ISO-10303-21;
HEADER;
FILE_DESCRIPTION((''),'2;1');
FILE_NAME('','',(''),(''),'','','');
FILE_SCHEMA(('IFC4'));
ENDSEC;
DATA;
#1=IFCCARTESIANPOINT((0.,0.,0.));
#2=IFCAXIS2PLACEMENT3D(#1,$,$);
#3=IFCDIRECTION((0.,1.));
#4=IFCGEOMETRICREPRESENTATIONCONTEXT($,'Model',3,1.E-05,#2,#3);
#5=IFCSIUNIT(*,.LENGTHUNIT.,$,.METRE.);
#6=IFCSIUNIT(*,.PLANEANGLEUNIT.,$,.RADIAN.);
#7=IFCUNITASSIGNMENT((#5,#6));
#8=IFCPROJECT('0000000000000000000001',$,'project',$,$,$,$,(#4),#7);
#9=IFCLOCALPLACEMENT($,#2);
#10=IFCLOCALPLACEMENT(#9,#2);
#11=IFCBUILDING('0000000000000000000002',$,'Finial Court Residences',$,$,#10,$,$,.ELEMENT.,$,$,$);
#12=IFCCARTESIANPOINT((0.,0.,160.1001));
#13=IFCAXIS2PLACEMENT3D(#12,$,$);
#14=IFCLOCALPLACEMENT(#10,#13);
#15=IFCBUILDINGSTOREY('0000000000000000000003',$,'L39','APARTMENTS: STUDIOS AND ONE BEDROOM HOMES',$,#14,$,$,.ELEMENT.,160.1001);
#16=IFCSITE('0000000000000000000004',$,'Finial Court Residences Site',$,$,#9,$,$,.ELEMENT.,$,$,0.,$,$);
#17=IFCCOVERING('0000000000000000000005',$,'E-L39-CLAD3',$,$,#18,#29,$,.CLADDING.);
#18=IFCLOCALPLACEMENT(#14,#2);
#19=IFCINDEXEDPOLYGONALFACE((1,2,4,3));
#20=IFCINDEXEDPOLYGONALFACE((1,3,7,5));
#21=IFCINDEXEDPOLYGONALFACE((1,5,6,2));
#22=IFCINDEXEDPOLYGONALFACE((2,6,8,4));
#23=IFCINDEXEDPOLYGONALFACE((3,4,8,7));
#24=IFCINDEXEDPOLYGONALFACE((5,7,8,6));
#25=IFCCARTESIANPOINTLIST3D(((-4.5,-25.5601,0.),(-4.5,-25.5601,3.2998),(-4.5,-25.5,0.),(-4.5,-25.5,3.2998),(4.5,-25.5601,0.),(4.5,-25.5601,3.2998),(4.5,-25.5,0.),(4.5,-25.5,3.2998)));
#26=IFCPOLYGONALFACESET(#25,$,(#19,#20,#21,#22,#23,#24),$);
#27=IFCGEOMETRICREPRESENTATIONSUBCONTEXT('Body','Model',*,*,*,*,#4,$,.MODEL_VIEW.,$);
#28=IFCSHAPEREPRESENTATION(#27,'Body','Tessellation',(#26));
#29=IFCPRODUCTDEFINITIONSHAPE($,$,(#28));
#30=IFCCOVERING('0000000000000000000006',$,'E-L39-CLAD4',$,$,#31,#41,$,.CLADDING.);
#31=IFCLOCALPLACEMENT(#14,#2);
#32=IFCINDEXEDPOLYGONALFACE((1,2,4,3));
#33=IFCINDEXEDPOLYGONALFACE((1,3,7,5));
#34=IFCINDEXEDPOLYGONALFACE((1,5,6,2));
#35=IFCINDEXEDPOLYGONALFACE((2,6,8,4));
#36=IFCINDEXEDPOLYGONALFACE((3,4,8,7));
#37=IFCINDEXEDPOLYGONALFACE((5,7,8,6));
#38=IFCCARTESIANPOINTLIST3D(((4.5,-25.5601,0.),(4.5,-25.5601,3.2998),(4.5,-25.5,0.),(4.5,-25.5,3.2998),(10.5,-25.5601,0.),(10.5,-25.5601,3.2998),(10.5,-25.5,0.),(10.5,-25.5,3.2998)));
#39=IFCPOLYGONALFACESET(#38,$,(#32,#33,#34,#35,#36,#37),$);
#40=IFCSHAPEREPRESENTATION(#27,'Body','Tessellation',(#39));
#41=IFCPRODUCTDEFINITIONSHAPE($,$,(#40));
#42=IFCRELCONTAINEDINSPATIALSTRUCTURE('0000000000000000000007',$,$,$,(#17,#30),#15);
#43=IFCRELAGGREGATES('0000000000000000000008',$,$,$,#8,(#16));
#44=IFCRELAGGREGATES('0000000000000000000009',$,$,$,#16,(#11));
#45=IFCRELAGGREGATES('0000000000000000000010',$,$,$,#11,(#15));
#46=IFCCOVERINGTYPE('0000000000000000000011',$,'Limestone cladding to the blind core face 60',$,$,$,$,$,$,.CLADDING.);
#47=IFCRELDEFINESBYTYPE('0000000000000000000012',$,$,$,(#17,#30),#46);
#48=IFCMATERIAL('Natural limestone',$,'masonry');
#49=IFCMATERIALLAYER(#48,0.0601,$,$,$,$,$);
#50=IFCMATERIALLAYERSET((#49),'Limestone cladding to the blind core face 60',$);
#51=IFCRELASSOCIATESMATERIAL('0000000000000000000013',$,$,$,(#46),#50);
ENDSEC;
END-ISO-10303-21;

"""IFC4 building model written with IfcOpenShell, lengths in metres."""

from ifc_helpers import new_model, si_unit, direction, frame, origin, place, context, subcontext, project, spatial, polyline, outline, extrude, material, layer, layer_set, type_object, element, save


model = new_model("IFC4")

# Units and contexts
model_context = context("Model", 3, precision=1e-05, world=origin(), true_north=direction((0.0, 1.0)))
body_context = subcontext(model_context, "Body", "Model", "MODEL_VIEW")
ifc_project = project(units=[si_unit("LENGTHUNIT", "METRE"), si_unit("PLANEANGLEUNIT", "RADIAN")], contexts=[model_context])

# Site, building, storey
site_placement = place(None, origin())
site = spatial("IfcSite", under=ifc_project, at=site_placement, Name="Finial Court Residences Site", CompositionType="ELEMENT", RefElevation=0.0)
building_placement = place(site_placement, origin())
building = spatial("IfcBuilding", under=site, at=building_placement, Name="Finial Court Residences", CompositionType="ELEMENT")
storey_placement = place(building_placement, frame((0.0, 0.0, 160.1001)))
storey = spatial("IfcBuildingStorey", under=building, at=storey_placement, Name="L39", Description="APARTMENTS: STUDIOS AND ONE BEDROOM HOMES", CompositionType="ELEMENT", Elevation=160.1001)

# Coverings
ifc_material_1 = material(Name="Natural limestone", Category="masonry")
ifc_layer_1 = layer(ifc_material_1, 0.0601)
ifc_layer_set_1 = layer_set([ifc_layer_1], Name="Limestone cladding to the blind core face 60")
covering_type = type_object("IfcCoveringType", Name="Limestone cladding to the blind core face 60", PredefinedType="CLADDING", material=ifc_layer_set_1)
covering_1_placement = place(storey_placement, origin())
element("IfcCovering", 1, at=covering_1_placement, inside=storey, type_object=covering_type, Name="E-L39-CLAD3", PredefinedType="CLADDING", context=body_context, shape_type="SweptSolid", body=[
    extrude(outline(polyline([(4.5, -25.5601), (4.5, -25.5), (-4.5, -25.5), (-4.5, -25.5601), (4.5, -25.5601)])), origin(), (0.0, 0.0, 1.0), 3.2998),
])
covering_2_placement = place(storey_placement, origin())
element("IfcCovering", 2, at=covering_2_placement, inside=storey, type_object=covering_type, Name="E-L39-CLAD4", PredefinedType="CLADDING", context=body_context, shape_type="SweptSolid", body=[
    extrude(outline(polyline([(10.5, -25.5601), (10.5, -25.5), (4.5, -25.5), (4.5, -25.5601), (10.5, -25.5601)])), origin(), (0.0, 0.0, 1.0), 3.2998),
])

save(model, "model.ifc")
